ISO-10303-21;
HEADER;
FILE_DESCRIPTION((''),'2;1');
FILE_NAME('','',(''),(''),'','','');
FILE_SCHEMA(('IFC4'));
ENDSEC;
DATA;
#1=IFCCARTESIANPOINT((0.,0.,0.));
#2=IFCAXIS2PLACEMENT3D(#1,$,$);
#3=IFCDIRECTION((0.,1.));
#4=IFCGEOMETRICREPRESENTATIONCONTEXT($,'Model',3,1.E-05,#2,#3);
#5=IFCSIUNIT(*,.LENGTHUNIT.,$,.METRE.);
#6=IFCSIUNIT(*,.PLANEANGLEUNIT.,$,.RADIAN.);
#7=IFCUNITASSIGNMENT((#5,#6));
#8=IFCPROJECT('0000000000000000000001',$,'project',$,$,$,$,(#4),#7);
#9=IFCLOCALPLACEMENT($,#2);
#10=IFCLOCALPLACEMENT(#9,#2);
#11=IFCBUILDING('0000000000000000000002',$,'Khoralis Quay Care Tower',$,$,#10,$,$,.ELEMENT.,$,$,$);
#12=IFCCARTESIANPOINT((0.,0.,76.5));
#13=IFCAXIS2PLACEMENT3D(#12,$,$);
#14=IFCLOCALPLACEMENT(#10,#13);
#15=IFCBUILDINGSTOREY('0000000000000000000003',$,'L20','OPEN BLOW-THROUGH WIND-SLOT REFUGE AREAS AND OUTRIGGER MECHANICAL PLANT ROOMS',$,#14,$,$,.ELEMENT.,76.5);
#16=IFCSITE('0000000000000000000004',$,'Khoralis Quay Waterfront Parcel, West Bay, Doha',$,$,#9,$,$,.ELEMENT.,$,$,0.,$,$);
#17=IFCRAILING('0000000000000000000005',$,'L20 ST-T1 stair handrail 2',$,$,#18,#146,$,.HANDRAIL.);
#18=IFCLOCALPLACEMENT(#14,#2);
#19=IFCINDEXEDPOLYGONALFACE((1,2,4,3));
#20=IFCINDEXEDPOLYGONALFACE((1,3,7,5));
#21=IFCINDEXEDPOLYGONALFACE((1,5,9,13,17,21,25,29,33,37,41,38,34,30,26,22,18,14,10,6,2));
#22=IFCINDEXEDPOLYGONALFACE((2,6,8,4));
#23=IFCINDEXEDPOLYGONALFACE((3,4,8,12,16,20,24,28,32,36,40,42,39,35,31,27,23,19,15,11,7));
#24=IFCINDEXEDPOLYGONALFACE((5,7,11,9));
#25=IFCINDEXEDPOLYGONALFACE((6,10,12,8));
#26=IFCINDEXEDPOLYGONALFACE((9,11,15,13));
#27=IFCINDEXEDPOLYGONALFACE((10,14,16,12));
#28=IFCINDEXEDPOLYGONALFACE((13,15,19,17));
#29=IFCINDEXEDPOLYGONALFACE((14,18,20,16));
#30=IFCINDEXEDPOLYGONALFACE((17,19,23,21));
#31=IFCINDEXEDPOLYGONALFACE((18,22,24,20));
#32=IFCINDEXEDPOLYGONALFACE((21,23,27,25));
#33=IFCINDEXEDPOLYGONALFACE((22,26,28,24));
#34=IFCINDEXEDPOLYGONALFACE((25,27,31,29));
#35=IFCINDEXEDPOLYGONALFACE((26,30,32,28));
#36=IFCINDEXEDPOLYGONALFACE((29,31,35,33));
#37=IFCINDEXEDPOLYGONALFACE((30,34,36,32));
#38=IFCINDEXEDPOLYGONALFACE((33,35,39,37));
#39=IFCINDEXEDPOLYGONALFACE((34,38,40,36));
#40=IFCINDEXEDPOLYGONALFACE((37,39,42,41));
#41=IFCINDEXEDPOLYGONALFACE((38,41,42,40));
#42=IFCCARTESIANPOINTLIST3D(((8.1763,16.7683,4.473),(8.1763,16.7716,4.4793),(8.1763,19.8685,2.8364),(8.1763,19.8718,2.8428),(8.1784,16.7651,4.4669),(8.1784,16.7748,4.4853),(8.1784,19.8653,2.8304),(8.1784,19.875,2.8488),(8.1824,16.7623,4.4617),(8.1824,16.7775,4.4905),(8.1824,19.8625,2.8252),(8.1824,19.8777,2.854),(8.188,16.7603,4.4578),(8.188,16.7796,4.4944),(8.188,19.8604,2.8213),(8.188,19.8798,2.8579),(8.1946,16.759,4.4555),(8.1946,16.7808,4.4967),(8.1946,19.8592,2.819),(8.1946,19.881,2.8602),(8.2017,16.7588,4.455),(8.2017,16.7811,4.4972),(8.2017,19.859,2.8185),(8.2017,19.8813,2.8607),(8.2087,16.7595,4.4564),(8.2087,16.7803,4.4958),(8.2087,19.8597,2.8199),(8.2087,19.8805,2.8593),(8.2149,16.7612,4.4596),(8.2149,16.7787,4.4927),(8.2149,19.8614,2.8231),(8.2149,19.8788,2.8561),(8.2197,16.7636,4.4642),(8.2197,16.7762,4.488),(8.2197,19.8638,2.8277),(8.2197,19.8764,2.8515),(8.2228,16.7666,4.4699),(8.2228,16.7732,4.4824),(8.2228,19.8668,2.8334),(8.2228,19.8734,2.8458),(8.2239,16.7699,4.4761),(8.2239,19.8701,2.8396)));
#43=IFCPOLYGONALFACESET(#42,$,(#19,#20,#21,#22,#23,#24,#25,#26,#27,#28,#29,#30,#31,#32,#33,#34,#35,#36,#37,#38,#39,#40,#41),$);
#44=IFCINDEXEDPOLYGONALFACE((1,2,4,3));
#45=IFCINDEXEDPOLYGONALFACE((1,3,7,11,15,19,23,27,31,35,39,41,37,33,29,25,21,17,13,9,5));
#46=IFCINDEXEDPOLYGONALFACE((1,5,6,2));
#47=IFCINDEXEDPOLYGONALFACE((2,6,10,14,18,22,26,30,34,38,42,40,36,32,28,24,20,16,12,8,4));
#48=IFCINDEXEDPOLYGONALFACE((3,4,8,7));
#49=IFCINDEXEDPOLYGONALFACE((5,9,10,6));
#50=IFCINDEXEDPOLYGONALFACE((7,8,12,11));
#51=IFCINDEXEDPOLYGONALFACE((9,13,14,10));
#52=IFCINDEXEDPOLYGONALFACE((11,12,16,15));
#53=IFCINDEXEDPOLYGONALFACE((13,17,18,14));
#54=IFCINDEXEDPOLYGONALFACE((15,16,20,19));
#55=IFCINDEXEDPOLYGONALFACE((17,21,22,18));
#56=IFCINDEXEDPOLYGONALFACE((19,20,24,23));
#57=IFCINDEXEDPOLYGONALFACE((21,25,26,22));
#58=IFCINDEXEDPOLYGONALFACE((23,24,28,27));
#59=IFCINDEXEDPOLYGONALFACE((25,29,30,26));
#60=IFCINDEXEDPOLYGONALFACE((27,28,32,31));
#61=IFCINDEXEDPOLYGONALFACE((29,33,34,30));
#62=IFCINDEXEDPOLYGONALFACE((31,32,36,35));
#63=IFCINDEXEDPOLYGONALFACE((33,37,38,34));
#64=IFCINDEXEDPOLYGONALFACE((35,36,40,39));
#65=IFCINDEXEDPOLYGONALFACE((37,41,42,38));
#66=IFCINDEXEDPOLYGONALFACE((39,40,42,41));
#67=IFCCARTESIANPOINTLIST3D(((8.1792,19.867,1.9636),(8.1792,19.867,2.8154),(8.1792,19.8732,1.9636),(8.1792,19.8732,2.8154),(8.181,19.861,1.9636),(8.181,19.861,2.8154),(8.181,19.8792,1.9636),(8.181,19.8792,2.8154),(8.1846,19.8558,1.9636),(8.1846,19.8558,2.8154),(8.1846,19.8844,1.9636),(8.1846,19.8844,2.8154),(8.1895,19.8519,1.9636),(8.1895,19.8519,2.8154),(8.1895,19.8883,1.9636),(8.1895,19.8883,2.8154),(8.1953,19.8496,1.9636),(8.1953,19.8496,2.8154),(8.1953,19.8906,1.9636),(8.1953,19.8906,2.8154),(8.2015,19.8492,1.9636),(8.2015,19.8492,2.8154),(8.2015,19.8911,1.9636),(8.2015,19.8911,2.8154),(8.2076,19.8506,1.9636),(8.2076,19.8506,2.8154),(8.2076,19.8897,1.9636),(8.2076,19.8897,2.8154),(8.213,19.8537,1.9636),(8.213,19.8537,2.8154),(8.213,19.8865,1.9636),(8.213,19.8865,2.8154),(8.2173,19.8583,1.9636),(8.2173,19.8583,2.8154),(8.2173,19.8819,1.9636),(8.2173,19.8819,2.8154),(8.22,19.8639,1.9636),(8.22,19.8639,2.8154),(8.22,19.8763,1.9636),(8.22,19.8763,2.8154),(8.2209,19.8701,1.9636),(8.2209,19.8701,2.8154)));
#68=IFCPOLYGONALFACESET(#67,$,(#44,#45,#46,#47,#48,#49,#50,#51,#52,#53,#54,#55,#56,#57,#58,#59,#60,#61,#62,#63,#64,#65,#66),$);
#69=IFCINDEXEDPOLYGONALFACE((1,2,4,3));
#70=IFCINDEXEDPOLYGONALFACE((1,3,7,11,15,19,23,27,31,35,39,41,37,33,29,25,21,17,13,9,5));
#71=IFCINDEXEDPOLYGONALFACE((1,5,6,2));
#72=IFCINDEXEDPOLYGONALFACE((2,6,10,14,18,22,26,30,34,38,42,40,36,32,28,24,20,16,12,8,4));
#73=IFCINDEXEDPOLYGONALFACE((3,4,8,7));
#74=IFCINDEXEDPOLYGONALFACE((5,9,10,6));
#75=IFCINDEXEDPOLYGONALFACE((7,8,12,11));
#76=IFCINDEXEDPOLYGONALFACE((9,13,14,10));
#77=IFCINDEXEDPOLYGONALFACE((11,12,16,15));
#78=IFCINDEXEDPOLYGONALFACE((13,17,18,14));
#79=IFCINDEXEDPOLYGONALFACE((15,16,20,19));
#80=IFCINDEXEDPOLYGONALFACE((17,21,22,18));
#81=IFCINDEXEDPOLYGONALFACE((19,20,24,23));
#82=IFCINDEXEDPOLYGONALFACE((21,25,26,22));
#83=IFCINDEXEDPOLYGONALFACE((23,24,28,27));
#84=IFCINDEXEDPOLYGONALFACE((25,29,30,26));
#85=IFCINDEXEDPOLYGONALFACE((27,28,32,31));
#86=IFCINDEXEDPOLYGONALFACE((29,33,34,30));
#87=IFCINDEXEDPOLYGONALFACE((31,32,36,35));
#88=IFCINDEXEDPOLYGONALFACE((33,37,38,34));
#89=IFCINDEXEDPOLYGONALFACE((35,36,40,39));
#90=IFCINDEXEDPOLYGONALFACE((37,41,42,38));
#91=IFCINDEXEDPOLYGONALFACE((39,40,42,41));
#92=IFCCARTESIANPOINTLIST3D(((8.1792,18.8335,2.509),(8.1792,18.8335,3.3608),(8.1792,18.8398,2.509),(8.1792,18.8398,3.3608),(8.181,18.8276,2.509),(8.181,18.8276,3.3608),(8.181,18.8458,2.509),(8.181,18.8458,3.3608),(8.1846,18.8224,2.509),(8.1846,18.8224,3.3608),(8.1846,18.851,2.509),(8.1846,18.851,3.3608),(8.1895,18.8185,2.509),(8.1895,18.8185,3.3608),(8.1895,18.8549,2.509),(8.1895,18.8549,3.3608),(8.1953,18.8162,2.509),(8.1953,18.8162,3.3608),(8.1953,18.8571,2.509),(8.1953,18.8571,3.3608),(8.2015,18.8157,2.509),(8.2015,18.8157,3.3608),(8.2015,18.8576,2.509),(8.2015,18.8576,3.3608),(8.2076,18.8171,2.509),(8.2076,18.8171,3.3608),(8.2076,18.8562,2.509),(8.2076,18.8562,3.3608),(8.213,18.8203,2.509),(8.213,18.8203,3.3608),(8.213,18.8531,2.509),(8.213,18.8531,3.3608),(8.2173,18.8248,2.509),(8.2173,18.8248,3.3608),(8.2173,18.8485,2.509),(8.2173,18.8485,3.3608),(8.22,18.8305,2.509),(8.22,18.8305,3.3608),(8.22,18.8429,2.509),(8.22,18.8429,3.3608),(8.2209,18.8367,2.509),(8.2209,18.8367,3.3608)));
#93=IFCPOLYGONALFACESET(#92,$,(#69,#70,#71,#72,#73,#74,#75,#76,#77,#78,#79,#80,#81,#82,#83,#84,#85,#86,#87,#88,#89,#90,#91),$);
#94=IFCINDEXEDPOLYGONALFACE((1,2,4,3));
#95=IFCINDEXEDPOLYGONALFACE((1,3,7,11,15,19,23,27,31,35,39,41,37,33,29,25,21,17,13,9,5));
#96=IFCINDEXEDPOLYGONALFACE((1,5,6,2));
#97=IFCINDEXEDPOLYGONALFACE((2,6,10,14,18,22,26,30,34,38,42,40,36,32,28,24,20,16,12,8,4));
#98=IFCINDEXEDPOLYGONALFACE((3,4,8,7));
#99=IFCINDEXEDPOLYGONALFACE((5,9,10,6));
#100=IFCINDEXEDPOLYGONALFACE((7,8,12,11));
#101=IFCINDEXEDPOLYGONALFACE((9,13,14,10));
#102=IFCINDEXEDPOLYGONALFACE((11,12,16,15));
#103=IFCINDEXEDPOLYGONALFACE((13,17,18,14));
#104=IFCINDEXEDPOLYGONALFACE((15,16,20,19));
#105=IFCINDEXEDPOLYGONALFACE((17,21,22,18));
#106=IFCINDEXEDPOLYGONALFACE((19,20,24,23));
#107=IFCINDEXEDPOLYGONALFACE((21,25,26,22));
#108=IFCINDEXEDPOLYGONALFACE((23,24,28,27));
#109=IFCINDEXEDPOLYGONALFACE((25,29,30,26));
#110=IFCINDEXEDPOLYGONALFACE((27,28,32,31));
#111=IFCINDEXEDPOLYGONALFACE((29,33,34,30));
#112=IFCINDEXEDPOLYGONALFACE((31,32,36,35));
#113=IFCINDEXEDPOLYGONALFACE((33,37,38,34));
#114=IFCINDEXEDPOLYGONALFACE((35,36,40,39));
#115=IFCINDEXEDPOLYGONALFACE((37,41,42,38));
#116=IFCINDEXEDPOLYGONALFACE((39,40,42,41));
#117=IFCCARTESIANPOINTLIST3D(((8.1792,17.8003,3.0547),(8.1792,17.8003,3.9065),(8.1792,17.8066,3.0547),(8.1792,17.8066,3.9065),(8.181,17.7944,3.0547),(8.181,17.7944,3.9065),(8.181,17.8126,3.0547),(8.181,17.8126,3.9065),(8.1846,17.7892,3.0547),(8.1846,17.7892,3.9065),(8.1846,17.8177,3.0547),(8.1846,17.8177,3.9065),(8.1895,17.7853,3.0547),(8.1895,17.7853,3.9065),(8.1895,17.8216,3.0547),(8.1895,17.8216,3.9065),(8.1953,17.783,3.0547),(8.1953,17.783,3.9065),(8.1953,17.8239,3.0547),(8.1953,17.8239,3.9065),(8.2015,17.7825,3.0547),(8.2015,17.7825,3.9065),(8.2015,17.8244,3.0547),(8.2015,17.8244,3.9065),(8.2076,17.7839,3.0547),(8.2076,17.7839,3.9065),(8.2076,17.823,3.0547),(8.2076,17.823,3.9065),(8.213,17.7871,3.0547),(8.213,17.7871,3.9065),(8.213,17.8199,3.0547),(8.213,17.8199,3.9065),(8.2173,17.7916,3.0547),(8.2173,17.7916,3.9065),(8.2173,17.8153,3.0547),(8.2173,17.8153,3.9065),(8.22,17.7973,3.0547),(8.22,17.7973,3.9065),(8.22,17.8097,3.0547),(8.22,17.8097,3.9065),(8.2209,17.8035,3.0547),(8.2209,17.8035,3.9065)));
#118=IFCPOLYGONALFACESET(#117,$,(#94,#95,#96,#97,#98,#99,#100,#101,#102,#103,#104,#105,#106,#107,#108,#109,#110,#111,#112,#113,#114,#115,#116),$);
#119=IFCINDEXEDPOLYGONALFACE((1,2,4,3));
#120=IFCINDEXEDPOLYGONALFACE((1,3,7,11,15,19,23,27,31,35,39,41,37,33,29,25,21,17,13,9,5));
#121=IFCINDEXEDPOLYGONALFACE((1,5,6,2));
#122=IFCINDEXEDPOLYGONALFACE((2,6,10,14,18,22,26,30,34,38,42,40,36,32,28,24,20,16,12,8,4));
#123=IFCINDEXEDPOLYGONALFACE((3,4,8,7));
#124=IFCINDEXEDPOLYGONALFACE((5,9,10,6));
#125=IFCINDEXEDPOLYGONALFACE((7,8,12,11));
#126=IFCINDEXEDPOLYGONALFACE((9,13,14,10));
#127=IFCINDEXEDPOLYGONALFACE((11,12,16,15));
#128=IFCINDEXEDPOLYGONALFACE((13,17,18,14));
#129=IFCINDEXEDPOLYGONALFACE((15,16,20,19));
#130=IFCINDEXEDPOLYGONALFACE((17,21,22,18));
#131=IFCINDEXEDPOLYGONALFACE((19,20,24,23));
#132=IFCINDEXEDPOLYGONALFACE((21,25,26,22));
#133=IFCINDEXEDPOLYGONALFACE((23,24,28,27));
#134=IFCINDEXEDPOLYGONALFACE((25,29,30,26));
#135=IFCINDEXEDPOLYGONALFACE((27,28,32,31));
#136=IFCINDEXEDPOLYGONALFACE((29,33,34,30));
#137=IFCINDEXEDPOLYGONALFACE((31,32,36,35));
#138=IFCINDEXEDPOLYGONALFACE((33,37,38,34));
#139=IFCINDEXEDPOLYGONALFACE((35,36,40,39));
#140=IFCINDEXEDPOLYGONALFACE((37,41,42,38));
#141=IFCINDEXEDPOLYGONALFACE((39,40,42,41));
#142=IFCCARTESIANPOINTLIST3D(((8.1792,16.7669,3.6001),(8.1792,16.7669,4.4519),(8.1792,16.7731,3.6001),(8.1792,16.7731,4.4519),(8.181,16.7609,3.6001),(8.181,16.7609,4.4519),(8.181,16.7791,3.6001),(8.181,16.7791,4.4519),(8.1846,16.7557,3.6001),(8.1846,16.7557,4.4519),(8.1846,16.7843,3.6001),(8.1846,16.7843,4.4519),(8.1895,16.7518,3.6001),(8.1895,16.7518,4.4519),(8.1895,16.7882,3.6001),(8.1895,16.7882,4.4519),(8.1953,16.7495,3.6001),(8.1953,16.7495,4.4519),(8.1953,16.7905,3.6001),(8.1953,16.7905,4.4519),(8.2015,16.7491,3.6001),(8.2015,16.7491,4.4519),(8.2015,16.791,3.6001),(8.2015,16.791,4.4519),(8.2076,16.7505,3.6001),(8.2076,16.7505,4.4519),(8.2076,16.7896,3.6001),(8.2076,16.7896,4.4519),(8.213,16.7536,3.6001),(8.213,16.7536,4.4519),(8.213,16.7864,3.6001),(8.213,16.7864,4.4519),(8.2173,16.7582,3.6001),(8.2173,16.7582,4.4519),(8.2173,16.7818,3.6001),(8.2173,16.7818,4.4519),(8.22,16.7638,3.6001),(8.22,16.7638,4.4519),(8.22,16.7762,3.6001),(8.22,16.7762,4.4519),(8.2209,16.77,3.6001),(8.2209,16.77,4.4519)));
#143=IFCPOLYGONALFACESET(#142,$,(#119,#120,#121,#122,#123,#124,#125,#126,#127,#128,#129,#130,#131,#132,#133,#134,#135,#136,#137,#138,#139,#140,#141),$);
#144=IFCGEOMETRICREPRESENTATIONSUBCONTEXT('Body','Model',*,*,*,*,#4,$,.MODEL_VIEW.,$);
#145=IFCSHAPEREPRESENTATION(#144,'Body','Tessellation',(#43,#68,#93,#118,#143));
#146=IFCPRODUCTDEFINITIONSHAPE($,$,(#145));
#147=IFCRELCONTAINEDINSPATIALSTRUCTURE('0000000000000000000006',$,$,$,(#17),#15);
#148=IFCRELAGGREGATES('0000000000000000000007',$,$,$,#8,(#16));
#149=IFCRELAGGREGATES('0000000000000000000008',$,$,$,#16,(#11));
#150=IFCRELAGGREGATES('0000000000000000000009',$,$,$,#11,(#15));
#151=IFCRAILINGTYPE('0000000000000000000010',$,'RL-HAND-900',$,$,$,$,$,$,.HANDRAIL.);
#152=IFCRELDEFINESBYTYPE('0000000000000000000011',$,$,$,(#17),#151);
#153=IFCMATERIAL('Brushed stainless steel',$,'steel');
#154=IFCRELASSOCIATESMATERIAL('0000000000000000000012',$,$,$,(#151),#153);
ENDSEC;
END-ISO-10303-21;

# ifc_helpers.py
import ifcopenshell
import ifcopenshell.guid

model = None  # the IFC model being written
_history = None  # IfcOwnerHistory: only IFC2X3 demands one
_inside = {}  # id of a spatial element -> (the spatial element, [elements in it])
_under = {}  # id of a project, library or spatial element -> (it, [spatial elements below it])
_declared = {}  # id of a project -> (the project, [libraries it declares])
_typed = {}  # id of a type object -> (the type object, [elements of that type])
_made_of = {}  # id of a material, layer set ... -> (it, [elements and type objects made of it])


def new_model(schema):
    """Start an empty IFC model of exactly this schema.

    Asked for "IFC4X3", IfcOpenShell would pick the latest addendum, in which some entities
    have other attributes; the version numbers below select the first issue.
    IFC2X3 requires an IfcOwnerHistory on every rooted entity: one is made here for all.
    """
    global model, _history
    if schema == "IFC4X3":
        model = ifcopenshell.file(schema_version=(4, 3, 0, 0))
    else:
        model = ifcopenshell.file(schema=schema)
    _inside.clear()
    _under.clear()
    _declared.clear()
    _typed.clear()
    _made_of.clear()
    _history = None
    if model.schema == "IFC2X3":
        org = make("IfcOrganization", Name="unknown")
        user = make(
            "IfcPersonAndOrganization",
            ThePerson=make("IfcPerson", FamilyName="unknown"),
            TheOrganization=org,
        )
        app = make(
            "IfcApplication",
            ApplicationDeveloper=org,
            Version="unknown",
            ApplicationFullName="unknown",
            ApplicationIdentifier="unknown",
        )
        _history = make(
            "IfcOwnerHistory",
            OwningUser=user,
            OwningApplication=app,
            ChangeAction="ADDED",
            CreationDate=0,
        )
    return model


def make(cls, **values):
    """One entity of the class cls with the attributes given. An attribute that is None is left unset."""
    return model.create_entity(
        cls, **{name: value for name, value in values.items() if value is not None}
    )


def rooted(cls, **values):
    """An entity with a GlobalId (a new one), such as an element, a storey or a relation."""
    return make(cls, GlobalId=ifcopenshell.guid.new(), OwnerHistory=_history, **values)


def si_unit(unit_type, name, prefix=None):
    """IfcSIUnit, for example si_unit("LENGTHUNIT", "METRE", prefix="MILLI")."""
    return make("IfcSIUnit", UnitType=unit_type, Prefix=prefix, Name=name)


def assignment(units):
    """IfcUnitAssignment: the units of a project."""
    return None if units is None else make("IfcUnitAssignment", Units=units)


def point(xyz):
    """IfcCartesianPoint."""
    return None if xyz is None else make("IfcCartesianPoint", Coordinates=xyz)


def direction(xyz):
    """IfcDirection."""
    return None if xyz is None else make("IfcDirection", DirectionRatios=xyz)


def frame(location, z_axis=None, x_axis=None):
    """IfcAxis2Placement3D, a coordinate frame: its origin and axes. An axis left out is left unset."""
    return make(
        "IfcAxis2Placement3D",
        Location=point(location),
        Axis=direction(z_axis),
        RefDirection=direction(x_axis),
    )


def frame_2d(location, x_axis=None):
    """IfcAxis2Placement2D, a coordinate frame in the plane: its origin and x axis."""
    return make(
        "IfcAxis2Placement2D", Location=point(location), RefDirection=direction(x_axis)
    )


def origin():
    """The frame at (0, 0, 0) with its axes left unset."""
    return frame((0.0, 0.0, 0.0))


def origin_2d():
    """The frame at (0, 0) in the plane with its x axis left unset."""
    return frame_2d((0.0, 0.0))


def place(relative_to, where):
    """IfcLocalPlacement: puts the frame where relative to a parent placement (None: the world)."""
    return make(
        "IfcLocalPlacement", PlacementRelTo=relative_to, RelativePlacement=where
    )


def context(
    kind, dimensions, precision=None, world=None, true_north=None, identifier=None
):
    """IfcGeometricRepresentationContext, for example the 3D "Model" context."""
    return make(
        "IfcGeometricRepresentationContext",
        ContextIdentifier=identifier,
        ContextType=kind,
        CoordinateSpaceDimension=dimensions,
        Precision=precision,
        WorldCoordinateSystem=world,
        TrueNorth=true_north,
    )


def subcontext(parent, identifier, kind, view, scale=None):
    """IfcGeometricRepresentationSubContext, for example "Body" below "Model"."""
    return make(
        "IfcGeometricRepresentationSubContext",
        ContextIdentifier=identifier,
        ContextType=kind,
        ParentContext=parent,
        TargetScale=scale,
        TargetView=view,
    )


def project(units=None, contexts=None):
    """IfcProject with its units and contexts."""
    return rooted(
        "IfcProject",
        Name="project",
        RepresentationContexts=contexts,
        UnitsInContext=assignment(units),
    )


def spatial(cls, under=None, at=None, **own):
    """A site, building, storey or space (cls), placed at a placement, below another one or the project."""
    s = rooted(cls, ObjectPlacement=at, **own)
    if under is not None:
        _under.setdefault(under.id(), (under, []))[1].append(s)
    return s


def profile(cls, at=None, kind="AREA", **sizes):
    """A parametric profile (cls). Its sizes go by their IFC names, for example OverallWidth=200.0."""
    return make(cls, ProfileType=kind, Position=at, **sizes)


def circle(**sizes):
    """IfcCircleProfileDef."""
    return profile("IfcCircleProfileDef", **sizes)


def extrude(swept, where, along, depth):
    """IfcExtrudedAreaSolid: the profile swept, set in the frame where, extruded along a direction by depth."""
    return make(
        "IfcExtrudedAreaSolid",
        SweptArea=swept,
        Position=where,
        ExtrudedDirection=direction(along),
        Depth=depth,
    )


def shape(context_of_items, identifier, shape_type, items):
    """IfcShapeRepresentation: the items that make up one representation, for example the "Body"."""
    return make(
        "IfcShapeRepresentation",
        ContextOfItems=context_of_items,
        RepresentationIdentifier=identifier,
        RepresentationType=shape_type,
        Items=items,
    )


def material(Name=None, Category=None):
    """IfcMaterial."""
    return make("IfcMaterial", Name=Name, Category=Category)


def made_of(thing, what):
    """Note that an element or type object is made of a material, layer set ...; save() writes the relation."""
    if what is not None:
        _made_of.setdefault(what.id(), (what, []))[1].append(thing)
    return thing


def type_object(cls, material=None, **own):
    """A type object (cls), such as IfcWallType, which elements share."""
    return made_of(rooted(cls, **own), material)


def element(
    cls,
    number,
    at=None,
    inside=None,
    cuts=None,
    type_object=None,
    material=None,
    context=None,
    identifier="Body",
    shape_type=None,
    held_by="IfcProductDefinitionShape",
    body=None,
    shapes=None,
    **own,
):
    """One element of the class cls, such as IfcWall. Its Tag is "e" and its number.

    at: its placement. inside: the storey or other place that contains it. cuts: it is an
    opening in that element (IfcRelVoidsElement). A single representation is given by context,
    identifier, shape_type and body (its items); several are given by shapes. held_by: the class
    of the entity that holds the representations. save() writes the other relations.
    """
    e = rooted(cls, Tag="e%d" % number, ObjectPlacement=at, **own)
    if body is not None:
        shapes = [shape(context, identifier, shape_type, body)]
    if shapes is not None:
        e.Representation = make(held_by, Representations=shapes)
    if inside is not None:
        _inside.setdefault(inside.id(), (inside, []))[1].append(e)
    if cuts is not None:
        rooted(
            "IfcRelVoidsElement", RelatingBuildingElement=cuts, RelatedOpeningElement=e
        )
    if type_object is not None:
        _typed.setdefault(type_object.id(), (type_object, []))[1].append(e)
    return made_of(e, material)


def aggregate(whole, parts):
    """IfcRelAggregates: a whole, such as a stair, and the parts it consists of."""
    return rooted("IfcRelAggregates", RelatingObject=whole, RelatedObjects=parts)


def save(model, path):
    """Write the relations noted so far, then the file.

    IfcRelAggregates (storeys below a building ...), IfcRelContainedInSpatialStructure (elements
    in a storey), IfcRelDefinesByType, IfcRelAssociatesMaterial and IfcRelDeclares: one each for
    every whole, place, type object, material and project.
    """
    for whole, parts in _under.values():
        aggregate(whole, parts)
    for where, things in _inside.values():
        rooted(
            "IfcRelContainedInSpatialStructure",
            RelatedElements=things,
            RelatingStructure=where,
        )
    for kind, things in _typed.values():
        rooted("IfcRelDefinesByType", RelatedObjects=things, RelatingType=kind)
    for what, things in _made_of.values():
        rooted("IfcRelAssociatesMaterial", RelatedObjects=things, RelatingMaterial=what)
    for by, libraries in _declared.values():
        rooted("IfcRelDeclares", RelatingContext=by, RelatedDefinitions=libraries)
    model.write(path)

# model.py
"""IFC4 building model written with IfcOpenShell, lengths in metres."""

from ifc_helpers import new_model, si_unit, direction, frame, origin, origin_2d, place, context, subcontext, project, spatial, circle, extrude, material, type_object, element, save


model = new_model("IFC4")

# Units and contexts
model_context = context("Model", 3, precision=1e-05, world=origin(), true_north=direction((0.0, 1.0)))
body_context = subcontext(model_context, "Body", "Model", "MODEL_VIEW")
ifc_project = project(units=[si_unit("LENGTHUNIT", "METRE"), si_unit("PLANEANGLEUNIT", "RADIAN")], contexts=[model_context])

# Site, building, storey
site_placement = place(None, origin())
site = spatial("IfcSite", under=ifc_project, at=site_placement, Name="Khoralis Quay Waterfront Parcel, West Bay, Doha", CompositionType="ELEMENT", RefElevation=0.0)
building_placement = place(site_placement, origin())
building = spatial("IfcBuilding", under=site, at=building_placement, Name="Khoralis Quay Care Tower", CompositionType="ELEMENT")
storey_placement = place(building_placement, frame((0.0, 0.0, 76.5)))
storey = spatial("IfcBuildingStorey", under=building, at=storey_placement, Name="L20", Description="OPEN BLOW-THROUGH WIND-SLOT REFUGE AREAS AND OUTRIGGER MECHANICAL PLANT ROOMS", CompositionType="ELEMENT", Elevation=76.5)

# Shared definitions
ifc_material_1 = material(Name="Brushed stainless steel", Category="steel")

# Railing
railing_type_1 = type_object("IfcRailingType", Name="RL-HAND-900", PredefinedType="HANDRAIL", material=ifc_material_1)
railing_1_placement = place(storey_placement, frame((8.2, 19.8701, 1.9636)))
element("IfcRailing", 1, at=railing_1_placement, inside=storey, type_object=railing_type_1, Name="L20 ST-T1 stair handrail 2", PredefinedType="HANDRAIL", context=body_context, shape_type="SweptSolid", body=[
    extrude(circle(Radius=0.0239, at=origin_2d()), frame((0.0, 0.0, 0.876), z_axis=(0.0, -0.884348, 0.466828), x_axis=(1.0, 0.0, 0.0)), (0.0, 0.0, 1.0), 3.5056),
    extrude(circle(Radius=0.021, at=origin_2d()), origin(), (0.0, 0.0, 1.0), 0.8518),
    extrude(circle(Radius=0.021, at=origin_2d()), frame((0.0, -1.0334, 0.5454)), (0.0, 0.0, 1.0), 0.8518),
    extrude(circle(Radius=0.021, at=origin_2d()), frame((0.0, -2.0667, 1.0911)), (0.0, 0.0, 1.0), 0.8518),
    extrude(circle(Radius=0.021, at=origin_2d()), frame((0.0, -3.1001, 1.6365)), (0.0, 0.0, 1.0), 0.8518),
])

save(model, "model.ifc")
